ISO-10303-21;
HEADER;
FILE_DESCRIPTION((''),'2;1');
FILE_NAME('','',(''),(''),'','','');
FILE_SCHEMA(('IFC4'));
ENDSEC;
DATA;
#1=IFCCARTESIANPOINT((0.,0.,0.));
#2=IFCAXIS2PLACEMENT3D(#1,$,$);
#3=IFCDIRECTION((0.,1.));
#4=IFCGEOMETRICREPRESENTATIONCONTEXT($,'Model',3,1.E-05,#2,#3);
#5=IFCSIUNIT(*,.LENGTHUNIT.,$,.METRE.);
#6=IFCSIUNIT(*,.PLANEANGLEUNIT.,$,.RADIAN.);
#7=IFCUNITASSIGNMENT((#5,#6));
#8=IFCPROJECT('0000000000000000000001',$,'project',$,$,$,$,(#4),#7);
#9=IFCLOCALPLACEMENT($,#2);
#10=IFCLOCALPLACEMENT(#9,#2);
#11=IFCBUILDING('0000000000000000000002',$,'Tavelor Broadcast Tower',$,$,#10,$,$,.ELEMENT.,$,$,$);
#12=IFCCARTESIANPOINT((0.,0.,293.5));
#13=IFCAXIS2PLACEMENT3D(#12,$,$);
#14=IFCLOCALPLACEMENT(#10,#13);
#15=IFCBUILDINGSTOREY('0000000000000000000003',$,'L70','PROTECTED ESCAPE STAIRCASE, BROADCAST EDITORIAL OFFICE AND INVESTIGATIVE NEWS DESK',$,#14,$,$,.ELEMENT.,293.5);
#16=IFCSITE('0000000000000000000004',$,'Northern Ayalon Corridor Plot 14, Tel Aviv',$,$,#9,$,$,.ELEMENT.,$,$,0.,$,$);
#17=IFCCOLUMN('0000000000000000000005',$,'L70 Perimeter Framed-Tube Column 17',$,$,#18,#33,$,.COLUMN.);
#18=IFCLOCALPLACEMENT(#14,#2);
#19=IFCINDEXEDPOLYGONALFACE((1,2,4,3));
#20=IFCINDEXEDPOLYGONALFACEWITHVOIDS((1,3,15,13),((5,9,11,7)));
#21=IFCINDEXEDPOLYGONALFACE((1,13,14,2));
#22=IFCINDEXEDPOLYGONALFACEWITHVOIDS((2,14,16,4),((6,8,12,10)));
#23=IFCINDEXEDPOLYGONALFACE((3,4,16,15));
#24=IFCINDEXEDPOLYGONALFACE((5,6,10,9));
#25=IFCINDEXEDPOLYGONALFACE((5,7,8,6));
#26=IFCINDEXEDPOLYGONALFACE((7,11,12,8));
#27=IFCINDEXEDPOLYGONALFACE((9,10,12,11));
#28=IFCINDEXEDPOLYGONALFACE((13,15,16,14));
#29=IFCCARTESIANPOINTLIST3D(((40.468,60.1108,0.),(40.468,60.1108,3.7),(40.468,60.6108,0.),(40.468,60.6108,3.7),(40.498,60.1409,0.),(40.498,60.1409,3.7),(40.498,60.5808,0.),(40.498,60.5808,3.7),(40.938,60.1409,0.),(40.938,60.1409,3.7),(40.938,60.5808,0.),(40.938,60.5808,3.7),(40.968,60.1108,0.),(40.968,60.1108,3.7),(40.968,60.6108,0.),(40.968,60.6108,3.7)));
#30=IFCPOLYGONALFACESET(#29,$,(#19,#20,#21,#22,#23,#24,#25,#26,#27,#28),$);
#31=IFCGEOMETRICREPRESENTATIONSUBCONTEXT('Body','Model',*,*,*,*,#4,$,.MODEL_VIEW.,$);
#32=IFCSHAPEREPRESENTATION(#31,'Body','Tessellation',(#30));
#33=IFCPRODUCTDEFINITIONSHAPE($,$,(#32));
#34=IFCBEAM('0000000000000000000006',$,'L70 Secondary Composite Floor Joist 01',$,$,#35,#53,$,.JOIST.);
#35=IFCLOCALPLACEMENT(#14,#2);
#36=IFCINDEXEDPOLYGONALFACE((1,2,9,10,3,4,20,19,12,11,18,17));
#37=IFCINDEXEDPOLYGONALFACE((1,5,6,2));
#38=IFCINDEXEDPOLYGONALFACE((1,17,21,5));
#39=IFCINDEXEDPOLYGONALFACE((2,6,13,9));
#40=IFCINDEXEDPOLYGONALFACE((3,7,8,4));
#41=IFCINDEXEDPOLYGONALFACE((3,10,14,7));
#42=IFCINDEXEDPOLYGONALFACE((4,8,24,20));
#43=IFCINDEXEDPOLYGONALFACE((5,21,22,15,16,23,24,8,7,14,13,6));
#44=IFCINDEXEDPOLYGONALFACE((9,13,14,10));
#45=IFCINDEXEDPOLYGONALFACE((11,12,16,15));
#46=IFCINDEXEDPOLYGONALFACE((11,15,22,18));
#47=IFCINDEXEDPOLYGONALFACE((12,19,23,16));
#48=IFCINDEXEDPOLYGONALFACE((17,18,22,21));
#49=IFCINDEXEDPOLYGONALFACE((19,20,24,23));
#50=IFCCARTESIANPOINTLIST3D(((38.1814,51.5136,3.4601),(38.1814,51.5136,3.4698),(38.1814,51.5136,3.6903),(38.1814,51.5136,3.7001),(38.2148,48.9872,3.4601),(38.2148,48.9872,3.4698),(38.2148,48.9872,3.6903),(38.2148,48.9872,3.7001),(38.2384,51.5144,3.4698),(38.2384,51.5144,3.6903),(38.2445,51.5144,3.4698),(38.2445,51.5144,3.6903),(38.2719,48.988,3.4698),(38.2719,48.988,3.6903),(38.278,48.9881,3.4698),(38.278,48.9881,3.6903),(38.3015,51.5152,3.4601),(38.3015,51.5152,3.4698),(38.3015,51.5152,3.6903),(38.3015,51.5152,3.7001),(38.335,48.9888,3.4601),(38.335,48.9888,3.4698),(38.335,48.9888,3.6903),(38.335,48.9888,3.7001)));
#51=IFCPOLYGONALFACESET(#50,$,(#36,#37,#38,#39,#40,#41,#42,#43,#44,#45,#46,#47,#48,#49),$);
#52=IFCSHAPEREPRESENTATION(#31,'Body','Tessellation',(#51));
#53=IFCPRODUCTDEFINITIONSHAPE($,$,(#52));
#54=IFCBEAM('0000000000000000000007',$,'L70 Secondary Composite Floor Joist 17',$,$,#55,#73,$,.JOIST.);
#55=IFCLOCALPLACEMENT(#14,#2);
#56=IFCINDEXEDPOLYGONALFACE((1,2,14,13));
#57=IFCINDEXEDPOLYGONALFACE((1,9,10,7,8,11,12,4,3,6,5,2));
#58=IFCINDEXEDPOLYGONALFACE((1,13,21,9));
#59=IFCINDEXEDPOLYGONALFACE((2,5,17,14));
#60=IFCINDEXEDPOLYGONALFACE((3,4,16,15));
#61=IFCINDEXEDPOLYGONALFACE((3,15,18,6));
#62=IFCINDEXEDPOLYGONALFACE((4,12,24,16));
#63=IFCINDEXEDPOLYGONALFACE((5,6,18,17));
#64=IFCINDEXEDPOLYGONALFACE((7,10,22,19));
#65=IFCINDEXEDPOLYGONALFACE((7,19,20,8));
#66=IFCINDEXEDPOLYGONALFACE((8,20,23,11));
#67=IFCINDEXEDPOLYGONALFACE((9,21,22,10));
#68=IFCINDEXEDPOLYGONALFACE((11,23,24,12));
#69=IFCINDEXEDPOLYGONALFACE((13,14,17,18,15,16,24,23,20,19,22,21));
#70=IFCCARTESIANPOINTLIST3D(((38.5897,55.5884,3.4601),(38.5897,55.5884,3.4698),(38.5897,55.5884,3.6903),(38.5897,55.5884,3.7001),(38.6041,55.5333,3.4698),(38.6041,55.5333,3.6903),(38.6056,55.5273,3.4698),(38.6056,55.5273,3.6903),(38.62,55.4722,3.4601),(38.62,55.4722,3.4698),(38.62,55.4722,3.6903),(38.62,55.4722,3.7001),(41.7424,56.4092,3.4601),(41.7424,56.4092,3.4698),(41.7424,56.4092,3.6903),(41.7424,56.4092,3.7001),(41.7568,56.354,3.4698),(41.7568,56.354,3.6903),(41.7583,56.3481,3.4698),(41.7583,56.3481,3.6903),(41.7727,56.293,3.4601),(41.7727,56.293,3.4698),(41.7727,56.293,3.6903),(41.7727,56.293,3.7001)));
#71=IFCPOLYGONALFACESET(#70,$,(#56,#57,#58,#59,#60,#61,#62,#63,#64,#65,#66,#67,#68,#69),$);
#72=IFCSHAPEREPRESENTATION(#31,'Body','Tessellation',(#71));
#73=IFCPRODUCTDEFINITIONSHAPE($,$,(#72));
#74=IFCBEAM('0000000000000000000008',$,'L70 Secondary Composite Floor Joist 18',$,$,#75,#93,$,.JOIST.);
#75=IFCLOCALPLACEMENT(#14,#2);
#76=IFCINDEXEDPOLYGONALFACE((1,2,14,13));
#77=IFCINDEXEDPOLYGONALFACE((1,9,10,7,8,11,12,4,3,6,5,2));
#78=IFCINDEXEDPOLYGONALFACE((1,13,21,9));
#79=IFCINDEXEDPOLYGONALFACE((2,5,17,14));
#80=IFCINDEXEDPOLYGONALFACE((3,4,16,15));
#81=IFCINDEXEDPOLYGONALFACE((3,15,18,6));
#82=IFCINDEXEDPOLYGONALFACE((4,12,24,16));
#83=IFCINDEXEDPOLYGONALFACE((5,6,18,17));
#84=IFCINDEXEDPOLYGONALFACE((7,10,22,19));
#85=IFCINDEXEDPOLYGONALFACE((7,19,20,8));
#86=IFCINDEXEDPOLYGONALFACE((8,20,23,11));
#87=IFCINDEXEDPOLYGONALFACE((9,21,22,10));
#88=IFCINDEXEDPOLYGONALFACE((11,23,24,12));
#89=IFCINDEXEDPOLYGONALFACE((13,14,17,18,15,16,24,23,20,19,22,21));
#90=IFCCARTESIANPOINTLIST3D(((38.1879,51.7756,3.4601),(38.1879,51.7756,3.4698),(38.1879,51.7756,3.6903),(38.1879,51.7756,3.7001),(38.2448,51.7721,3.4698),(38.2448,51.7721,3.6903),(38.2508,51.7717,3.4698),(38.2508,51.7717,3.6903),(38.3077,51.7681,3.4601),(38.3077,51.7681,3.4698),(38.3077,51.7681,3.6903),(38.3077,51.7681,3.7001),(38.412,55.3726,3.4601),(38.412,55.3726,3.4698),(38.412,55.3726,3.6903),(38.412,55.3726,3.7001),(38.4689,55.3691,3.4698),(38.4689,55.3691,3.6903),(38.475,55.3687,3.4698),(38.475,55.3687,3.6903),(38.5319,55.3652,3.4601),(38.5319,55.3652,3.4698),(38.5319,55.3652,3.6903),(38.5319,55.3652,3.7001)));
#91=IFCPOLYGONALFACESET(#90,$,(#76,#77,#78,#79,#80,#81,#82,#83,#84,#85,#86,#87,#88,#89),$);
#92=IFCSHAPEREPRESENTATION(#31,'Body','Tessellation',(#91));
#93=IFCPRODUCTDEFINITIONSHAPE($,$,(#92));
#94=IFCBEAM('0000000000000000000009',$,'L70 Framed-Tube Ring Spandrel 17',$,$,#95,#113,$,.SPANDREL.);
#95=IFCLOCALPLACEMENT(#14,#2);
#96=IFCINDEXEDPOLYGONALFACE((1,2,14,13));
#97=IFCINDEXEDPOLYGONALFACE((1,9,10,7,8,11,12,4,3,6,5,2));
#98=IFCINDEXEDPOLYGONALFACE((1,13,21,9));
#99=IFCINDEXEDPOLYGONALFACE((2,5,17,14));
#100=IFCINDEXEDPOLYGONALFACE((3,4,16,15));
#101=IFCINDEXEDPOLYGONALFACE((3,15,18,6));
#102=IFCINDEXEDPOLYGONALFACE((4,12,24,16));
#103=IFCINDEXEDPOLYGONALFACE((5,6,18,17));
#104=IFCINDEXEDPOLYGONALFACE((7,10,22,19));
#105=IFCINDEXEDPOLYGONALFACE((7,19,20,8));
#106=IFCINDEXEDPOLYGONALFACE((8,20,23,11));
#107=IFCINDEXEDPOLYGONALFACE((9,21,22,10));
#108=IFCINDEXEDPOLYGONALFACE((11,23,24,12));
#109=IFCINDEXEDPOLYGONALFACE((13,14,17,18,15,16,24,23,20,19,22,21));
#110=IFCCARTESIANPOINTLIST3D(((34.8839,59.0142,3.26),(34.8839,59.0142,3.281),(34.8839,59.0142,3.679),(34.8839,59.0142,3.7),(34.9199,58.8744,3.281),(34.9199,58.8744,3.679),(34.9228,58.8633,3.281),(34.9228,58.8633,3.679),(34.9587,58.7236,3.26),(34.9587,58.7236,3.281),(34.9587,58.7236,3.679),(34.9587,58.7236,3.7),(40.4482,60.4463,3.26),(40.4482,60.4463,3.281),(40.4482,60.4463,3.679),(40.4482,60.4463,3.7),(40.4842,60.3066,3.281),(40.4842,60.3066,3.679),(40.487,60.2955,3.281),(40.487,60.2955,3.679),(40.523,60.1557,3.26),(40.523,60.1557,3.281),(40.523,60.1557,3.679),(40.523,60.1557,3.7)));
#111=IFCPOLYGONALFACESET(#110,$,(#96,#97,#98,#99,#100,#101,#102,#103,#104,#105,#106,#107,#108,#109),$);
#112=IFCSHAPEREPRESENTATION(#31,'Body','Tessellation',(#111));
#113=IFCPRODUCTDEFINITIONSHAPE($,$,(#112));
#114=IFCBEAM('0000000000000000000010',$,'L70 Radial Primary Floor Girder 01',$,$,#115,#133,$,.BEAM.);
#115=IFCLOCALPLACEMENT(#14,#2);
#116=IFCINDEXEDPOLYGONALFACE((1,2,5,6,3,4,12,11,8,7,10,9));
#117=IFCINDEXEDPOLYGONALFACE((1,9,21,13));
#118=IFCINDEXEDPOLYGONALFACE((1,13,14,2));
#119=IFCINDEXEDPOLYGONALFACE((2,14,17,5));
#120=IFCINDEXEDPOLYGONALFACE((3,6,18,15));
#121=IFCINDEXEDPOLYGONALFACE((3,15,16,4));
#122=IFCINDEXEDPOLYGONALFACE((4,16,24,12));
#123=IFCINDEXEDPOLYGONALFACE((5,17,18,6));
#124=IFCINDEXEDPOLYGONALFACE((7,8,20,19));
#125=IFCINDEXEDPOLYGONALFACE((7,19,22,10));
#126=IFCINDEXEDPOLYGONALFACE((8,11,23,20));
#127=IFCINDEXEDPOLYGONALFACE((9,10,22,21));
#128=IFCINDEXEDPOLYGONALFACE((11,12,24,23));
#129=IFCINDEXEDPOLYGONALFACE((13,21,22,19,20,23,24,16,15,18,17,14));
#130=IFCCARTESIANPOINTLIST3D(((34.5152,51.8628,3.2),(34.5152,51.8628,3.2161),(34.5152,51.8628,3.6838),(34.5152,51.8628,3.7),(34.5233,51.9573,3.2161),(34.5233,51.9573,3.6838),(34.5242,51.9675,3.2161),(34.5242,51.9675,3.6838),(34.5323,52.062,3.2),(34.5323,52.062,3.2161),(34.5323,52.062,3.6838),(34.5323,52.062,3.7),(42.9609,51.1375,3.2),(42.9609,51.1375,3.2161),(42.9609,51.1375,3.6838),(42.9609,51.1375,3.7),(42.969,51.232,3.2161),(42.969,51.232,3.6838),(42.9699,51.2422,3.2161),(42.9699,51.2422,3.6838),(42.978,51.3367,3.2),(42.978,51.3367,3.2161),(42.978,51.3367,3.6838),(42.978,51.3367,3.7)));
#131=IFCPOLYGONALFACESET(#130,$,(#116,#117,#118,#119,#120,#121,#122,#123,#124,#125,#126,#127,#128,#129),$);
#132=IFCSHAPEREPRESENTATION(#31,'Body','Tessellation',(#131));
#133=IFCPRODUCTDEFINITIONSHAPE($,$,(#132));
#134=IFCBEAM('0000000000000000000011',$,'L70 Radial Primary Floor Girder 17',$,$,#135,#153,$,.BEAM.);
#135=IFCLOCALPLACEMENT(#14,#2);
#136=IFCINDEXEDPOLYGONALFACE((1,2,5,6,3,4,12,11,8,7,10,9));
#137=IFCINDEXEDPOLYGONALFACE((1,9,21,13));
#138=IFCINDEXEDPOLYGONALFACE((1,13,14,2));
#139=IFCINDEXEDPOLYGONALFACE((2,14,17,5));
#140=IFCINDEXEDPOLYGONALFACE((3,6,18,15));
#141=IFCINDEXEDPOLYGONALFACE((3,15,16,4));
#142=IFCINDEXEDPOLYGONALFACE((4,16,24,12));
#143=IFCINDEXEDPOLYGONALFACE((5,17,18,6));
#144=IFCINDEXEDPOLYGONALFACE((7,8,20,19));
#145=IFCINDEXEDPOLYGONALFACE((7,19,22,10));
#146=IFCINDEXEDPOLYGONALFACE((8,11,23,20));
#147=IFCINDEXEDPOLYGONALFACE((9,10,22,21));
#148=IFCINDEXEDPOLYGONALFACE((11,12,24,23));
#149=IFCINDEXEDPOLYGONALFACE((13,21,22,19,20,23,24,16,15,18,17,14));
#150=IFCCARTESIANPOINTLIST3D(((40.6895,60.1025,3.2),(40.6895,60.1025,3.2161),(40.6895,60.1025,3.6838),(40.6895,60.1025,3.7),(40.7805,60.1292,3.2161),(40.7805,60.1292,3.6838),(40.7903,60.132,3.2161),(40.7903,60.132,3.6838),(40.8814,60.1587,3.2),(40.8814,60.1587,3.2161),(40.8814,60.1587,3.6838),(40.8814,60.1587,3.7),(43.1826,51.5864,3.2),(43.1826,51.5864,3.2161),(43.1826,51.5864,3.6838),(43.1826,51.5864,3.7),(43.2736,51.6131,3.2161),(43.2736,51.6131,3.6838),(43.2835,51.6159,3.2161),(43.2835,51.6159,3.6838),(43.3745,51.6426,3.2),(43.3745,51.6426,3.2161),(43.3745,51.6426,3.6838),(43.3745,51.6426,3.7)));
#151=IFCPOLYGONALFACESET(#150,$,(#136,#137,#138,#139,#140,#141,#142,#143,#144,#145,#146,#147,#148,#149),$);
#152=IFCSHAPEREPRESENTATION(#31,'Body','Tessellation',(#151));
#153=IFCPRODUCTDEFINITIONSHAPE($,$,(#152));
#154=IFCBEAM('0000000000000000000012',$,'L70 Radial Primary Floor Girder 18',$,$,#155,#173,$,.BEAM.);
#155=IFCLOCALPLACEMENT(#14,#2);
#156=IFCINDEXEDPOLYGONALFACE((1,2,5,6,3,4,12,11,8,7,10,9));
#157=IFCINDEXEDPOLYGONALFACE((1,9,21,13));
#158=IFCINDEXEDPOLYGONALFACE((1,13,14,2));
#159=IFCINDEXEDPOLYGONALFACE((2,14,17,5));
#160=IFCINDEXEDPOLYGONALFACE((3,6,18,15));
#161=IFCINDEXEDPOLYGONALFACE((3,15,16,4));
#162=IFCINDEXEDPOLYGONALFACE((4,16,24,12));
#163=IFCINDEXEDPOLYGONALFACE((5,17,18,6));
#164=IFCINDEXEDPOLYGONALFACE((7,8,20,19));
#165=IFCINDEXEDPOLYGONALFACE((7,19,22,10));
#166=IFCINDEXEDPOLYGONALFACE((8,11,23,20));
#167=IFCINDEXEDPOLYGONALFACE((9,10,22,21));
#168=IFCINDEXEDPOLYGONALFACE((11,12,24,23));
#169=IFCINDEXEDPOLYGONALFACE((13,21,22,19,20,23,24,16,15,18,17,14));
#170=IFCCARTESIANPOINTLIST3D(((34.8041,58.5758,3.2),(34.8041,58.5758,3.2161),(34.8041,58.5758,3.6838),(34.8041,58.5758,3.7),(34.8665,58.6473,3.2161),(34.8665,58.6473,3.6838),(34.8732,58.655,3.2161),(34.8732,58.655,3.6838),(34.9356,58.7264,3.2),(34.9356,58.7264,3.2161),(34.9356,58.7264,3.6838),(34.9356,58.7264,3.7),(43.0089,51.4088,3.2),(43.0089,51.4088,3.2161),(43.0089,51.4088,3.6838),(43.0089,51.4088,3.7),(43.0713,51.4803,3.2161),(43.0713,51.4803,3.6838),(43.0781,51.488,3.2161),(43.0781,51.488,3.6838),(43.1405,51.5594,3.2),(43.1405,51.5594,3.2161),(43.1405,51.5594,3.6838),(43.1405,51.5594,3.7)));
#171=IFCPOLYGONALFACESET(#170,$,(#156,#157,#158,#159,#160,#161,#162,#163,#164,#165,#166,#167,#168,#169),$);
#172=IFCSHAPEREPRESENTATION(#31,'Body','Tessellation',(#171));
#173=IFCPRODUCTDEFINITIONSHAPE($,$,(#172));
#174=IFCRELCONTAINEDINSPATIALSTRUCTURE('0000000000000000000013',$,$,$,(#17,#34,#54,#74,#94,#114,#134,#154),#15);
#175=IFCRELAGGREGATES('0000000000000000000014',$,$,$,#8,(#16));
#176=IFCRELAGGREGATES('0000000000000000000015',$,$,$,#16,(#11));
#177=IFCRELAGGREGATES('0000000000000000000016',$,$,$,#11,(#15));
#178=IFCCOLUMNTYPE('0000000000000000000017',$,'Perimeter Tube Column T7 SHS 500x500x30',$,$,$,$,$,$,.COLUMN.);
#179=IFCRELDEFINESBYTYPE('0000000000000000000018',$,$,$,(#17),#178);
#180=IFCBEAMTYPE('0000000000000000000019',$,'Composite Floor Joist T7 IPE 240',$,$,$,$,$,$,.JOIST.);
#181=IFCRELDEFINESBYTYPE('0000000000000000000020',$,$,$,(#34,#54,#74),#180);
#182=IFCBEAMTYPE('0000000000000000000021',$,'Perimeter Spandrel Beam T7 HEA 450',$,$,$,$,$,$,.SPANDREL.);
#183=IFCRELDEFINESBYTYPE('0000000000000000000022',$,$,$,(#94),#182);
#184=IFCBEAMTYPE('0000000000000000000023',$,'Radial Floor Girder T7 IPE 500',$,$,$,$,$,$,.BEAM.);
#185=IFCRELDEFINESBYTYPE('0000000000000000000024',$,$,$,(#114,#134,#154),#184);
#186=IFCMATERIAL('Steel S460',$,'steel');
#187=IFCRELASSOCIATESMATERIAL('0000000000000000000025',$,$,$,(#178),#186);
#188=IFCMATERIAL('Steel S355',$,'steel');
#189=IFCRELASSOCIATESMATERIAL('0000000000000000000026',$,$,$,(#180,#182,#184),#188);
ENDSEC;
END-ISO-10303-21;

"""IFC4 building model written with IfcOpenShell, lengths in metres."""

from ifc_helpers import new_model, si_unit, direction, frame, origin, origin_2d, place, context, subcontext, project, spatial, hollow_rectangle, i_section, extrude, material, material_profile, profile_set, type_object, element, save


model = new_model("IFC4")

# Units and contexts
model_context = context("Model", 3, precision=1e-05, world=origin(), true_north=direction((0.0, 1.0)))
body_context = subcontext(model_context, "Body", "Model", "MODEL_VIEW")
ifc_project = project(units=[si_unit("LENGTHUNIT", "METRE"), si_unit("PLANEANGLEUNIT", "RADIAN")], contexts=[model_context])

# Site, building, storey
site_placement = place(None, origin())
site = spatial("IfcSite", under=ifc_project, at=site_placement, Name="Northern Ayalon Corridor Plot 14, Tel Aviv", CompositionType="ELEMENT", RefElevation=0.0)
building_placement = place(site_placement, origin())
building = spatial("IfcBuilding", under=site, at=building_placement, Name="Tavelor Broadcast Tower", CompositionType="ELEMENT")
storey_placement = place(building_placement, frame((0.0, 0.0, 293.5)))
storey = spatial("IfcBuildingStorey", under=building, at=storey_placement, Name="L70", Description="PROTECTED ESCAPE STAIRCASE, BROADCAST EDITORIAL OFFICE AND INVESTIGATIVE NEWS DESK", CompositionType="ELEMENT", Elevation=293.5)

# Column
ifc_material_1 = material(Name="Steel S460", Category="steel")
ifc_material_profile_1 = material_profile(ifc_material_1, hollow_rectangle(XDim=0.5, YDim=0.5, WallThickness=0.03, at=origin_2d()), Name="SHS 500x500x30")
ifc_profile_set_1 = profile_set([ifc_material_profile_1], Name="Steel S460")
column_type = type_object("IfcColumnType", Name="Perimeter Tube Column T7 SHS 500x500x30", PredefinedType="COLUMN", material=ifc_profile_set_1)
column_placement = place(storey_placement, frame((40.718, 60.3608, 0.0), z_axis=(0.0, 0.0, 1.0), x_axis=(1.0, 0.0, 0.0)))
element("IfcColumn", 1, at=column_placement, inside=storey, type_object=column_type, Name="L70 Perimeter Framed-Tube Column 17", PredefinedType="COLUMN", context=body_context, shape_type="SweptSolid", body=[
    extrude(hollow_rectangle(XDim=0.5, YDim=0.5, WallThickness=0.03, at=origin_2d()), origin(), (0.0, 0.0, 1.0), 3.7),
])

# Beams
ifc_material_2 = material(Name="Steel S355", Category="steel")
ifc_material_profile_2 = material_profile(ifc_material_2, i_section(OverallWidth=0.1201, OverallDepth=0.24, WebThickness=0.0061, FlangeThickness=0.0098, at=origin_2d()), Name="IPE 240")
ifc_profile_set_2 = profile_set([ifc_material_profile_2], Name="Steel S355")
beam_type_1 = type_object("IfcBeamType", Name="Composite Floor Joist T7 IPE 240", PredefinedType="JOIST", material=ifc_profile_set_2)
beam_1_placement = place(storey_placement, frame((38.2415, 51.5144, 3.5801), z_axis=(0.013238, -0.999912, 0.0), x_axis=(0.999912, 0.013238, 0.0)))
element("IfcBeam", 2, at=beam_1_placement, inside=storey, type_object=beam_type_1, Name="L70 Secondary Composite Floor Joist 01", PredefinedType="JOIST", context=body_context, shape_type="SweptSolid", body=[
    extrude(i_section(OverallWidth=0.1201, OverallDepth=0.24, WebThickness=0.0061, FlangeThickness=0.0098, at=origin_2d()), origin(), (0.0, 0.0, 1.0), 2.5266),
])
beam_2_placement = place(storey_placement, frame((41.7576, 56.3511, 3.5801), z_axis=(-0.967743, -0.25194, 0.0), x_axis=(0.25194, -0.967743, 0.0)))
element("IfcBeam", 3, at=beam_2_placement, inside=storey, type_object=beam_type_1, Name="L70 Secondary Composite Floor Joist 17", PredefinedType="JOIST", context=body_context, shape_type="SweptSolid", body=[
    extrude(i_section(OverallWidth=0.1201, OverallDepth=0.24, WebThickness=0.0061, FlangeThickness=0.0098, at=origin_2d()), origin(), (0.0, 0.0, 1.0), 3.2578),
])
beam_3_placement = place(storey_placement, frame((38.4719, 55.3689, 3.5801), z_axis=(-0.062188, -0.998064, 0.0), x_axis=(0.998064, -0.062188, 0.0)))
element("IfcBeam", 4, at=beam_3_placement, inside=storey, type_object=beam_type_1, Name="L70 Secondary Composite Floor Joist 18", PredefinedType="JOIST", context=body_context, shape_type="SweptSolid", body=[
    extrude(i_section(OverallWidth=0.1201, OverallDepth=0.24, WebThickness=0.0061, FlangeThickness=0.0098, at=origin_2d()), origin(), (0.0, 0.0, 1.0), 3.604),
])
ifc_material_profile_3 = material_profile(ifc_material_2, i_section(OverallWidth=0.3, OverallDepth=0.4399, WebThickness=0.0115, FlangeThickness=0.021, at=origin_2d()), Name="HEA 450")
ifc_profile_set_3 = profile_set([ifc_material_profile_3], Name="Steel S355")
beam_type_2 = type_object("IfcBeamType", Name="Perimeter Spandrel Beam T7 HEA 450", PredefinedType="SPANDREL", material=ifc_profile_set_3)
beam_4_placement = place(storey_placement, frame((40.4856, 60.301, 3.48), z_axis=(-0.968437, -0.249259, 0.0), x_axis=(0.249259, -0.968437, 0.0)))
element("IfcBeam", 5, at=beam_4_placement, inside=storey, type_object=beam_type_2, Name="L70 Framed-Tube Ring Spandrel 17", PredefinedType="SPANDREL", context=body_context, shape_type="SweptSolid", body=[
    extrude(i_section(OverallWidth=0.3, OverallDepth=0.4399, WebThickness=0.0115, FlangeThickness=0.021, at=origin_2d()), origin(), (0.0, 0.0, 1.0), 5.7456),
])
ifc_material_profile_4 = material_profile(ifc_material_2, i_section(OverallWidth=0.2, OverallDepth=0.5, WebThickness=0.0103, FlangeThickness=0.0161, at=origin_2d()), Name="IPE 500")
ifc_profile_set_4 = profile_set([ifc_material_profile_4], Name="Steel S355")
beam_type_3 = type_object("IfcBeamType", Name="Radial Floor Girder T7 IPE 500", PredefinedType="BEAM", material=ifc_profile_set_4)
beam_5_placement = place(storey_placement, frame((42.9695, 51.2371, 3.45), z_axis=(-0.996332, 0.085567, 0.0), x_axis=(-0.085567, -0.996332, 0.0)))
element("IfcBeam", 6, at=beam_5_placement, inside=storey, type_object=beam_type_3, Name="L70 Radial Primary Floor Girder 01", PredefinedType="BEAM", context=body_context, shape_type="SweptSolid", body=[
    extrude(i_section(OverallWidth=0.2, OverallDepth=0.5, WebThickness=0.0103, FlangeThickness=0.0161, at=origin_2d()), origin(), (0.0, 0.0, 1.0), 8.4768),
])
beam_6_placement = place(storey_placement, frame((43.2786, 51.6145, 3.45), z_axis=(-0.280966, 0.959718, 0.0), x_axis=(-0.959718, -0.280966, 0.0)))
element("IfcBeam", 7, at=beam_6_placement, inside=storey, type_object=beam_type_3, Name="L70 Radial Primary Floor Girder 17", PredefinedType="BEAM", context=body_context, shape_type="SweptSolid", body=[
    extrude(i_section(OverallWidth=0.2, OverallDepth=0.5, WebThickness=0.0103, FlangeThickness=0.0161, at=origin_2d()), origin(), (0.0, 0.0, 1.0), 8.8735),
])
beam_7_placement = place(storey_placement, frame((43.0747, 51.4841, 3.45), z_axis=(-0.753133, 0.657868, 0.0), x_axis=(-0.657868, -0.753133, 0.0)))
element("IfcBeam", 8, at=beam_7_placement, inside=storey, type_object=beam_type_3, Name="L70 Radial Primary Floor Girder 18", PredefinedType="BEAM", context=body_context, shape_type="SweptSolid", body=[
    extrude(i_section(OverallWidth=0.2, OverallDepth=0.5, WebThickness=0.0103, FlangeThickness=0.0161, at=origin_2d()), origin(), (0.0, 0.0, 1.0), 10.8943),
])

save(model, "model.ifc")
